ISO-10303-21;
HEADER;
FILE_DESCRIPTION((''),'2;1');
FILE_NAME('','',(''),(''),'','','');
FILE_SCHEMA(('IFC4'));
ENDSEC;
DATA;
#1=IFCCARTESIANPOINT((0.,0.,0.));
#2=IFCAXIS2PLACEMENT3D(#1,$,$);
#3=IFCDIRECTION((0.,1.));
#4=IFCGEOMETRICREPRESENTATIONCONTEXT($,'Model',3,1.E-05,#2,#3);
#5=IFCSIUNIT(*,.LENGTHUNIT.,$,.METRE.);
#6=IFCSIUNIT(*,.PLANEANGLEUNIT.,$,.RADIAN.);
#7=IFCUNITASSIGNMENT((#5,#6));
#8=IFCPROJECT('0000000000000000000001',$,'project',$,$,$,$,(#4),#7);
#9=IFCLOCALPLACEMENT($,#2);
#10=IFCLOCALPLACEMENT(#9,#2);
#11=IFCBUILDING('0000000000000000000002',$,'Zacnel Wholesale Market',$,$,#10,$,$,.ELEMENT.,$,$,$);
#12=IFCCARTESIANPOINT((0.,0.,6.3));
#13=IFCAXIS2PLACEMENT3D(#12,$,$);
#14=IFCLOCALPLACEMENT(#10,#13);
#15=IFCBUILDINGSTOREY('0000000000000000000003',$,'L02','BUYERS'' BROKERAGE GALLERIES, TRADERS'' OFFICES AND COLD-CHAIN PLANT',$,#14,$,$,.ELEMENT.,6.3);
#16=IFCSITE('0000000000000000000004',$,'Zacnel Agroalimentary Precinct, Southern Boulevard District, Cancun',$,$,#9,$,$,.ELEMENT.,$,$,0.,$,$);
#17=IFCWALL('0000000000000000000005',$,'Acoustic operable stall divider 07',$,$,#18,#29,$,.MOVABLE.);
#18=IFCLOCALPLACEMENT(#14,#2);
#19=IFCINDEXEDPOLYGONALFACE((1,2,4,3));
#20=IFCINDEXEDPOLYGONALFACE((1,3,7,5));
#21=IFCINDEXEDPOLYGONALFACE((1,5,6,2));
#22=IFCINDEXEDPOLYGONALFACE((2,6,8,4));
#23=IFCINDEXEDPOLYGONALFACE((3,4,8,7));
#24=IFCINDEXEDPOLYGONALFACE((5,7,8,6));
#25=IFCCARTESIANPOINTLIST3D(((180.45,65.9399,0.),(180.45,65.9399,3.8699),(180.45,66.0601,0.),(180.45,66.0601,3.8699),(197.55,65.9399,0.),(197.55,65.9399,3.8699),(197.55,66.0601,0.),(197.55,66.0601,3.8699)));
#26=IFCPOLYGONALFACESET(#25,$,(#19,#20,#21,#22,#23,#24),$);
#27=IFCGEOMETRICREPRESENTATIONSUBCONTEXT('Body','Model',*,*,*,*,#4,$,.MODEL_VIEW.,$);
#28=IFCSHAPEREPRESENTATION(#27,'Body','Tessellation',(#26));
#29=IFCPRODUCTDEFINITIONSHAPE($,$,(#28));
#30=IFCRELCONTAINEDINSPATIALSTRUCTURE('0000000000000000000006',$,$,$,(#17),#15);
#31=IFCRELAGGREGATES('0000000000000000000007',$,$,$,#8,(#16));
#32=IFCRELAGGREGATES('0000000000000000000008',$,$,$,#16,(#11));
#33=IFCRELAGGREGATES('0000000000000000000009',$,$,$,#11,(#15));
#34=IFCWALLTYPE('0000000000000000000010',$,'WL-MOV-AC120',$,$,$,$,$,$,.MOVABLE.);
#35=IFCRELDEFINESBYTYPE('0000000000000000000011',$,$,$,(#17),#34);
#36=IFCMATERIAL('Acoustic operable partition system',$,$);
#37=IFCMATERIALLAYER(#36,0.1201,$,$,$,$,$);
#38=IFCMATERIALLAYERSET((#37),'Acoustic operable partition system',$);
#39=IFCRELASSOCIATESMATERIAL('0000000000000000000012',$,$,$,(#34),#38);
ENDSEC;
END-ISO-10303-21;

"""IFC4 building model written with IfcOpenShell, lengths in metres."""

from ifc_helpers import new_model, si_unit, direction, frame, frame_2d, origin, place, context, subcontext, project, spatial, rectangle, extrude, material, layer, layer_set, type_object, element, save


model = new_model("IFC4")

# Units and contexts
model_context = context("Model", 3, precision=1e-05, world=origin(), true_north=direction((0.0, 1.0)))
body_context = subcontext(model_context, "Body", "Model", "MODEL_VIEW")
ifc_project = project(units=[si_unit("LENGTHUNIT", "METRE"), si_unit("PLANEANGLEUNIT", "RADIAN")], contexts=[model_context])

# Site, building, storey
site_placement = place(None, origin())
site = spatial("IfcSite", under=ifc_project, at=site_placement, Name="Zacnel Agroalimentary Precinct, Southern Boulevard District, Cancun", CompositionType="ELEMENT", RefElevation=0.0)
building_placement = place(site_placement, origin())
building = spatial("IfcBuilding", under=site, at=building_placement, Name="Zacnel Wholesale Market", CompositionType="ELEMENT")
storey_placement = place(building_placement, frame((0.0, 0.0, 6.3)))
storey = spatial("IfcBuildingStorey", under=building, at=storey_placement, Name="L02", Description="BUYERS' BROKERAGE GALLERIES, TRADERS' OFFICES AND COLD-CHAIN PLANT", CompositionType="ELEMENT", Elevation=6.3)

# Wall
ifc_material_1 = material(Name="Acoustic operable partition system")
ifc_layer_1 = layer(ifc_material_1, 0.1201)
ifc_layer_set_1 = layer_set([ifc_layer_1], Name="Acoustic operable partition system")
wall_type = type_object("IfcWallType", Name="WL-MOV-AC120", PredefinedType="MOVABLE", material=ifc_layer_set_1)
wall_placement = place(storey_placement, frame((180.45, 66.0, 0.0), z_axis=(0.0, 0.0, 1.0), x_axis=(1.0, 0.0, 0.0)))
element("IfcWall", 1, at=wall_placement, inside=storey, type_object=wall_type, Name="Acoustic operable stall divider 07", PredefinedType="MOVABLE", context=body_context, shape_type="SweptSolid", body=[
    extrude(rectangle(XDim=17.1001, YDim=0.1201, at=frame_2d((8.55, 0.0))), origin(), (0.0, 0.0, 1.0), 3.8699),
])

save(model, "model.ifc")
